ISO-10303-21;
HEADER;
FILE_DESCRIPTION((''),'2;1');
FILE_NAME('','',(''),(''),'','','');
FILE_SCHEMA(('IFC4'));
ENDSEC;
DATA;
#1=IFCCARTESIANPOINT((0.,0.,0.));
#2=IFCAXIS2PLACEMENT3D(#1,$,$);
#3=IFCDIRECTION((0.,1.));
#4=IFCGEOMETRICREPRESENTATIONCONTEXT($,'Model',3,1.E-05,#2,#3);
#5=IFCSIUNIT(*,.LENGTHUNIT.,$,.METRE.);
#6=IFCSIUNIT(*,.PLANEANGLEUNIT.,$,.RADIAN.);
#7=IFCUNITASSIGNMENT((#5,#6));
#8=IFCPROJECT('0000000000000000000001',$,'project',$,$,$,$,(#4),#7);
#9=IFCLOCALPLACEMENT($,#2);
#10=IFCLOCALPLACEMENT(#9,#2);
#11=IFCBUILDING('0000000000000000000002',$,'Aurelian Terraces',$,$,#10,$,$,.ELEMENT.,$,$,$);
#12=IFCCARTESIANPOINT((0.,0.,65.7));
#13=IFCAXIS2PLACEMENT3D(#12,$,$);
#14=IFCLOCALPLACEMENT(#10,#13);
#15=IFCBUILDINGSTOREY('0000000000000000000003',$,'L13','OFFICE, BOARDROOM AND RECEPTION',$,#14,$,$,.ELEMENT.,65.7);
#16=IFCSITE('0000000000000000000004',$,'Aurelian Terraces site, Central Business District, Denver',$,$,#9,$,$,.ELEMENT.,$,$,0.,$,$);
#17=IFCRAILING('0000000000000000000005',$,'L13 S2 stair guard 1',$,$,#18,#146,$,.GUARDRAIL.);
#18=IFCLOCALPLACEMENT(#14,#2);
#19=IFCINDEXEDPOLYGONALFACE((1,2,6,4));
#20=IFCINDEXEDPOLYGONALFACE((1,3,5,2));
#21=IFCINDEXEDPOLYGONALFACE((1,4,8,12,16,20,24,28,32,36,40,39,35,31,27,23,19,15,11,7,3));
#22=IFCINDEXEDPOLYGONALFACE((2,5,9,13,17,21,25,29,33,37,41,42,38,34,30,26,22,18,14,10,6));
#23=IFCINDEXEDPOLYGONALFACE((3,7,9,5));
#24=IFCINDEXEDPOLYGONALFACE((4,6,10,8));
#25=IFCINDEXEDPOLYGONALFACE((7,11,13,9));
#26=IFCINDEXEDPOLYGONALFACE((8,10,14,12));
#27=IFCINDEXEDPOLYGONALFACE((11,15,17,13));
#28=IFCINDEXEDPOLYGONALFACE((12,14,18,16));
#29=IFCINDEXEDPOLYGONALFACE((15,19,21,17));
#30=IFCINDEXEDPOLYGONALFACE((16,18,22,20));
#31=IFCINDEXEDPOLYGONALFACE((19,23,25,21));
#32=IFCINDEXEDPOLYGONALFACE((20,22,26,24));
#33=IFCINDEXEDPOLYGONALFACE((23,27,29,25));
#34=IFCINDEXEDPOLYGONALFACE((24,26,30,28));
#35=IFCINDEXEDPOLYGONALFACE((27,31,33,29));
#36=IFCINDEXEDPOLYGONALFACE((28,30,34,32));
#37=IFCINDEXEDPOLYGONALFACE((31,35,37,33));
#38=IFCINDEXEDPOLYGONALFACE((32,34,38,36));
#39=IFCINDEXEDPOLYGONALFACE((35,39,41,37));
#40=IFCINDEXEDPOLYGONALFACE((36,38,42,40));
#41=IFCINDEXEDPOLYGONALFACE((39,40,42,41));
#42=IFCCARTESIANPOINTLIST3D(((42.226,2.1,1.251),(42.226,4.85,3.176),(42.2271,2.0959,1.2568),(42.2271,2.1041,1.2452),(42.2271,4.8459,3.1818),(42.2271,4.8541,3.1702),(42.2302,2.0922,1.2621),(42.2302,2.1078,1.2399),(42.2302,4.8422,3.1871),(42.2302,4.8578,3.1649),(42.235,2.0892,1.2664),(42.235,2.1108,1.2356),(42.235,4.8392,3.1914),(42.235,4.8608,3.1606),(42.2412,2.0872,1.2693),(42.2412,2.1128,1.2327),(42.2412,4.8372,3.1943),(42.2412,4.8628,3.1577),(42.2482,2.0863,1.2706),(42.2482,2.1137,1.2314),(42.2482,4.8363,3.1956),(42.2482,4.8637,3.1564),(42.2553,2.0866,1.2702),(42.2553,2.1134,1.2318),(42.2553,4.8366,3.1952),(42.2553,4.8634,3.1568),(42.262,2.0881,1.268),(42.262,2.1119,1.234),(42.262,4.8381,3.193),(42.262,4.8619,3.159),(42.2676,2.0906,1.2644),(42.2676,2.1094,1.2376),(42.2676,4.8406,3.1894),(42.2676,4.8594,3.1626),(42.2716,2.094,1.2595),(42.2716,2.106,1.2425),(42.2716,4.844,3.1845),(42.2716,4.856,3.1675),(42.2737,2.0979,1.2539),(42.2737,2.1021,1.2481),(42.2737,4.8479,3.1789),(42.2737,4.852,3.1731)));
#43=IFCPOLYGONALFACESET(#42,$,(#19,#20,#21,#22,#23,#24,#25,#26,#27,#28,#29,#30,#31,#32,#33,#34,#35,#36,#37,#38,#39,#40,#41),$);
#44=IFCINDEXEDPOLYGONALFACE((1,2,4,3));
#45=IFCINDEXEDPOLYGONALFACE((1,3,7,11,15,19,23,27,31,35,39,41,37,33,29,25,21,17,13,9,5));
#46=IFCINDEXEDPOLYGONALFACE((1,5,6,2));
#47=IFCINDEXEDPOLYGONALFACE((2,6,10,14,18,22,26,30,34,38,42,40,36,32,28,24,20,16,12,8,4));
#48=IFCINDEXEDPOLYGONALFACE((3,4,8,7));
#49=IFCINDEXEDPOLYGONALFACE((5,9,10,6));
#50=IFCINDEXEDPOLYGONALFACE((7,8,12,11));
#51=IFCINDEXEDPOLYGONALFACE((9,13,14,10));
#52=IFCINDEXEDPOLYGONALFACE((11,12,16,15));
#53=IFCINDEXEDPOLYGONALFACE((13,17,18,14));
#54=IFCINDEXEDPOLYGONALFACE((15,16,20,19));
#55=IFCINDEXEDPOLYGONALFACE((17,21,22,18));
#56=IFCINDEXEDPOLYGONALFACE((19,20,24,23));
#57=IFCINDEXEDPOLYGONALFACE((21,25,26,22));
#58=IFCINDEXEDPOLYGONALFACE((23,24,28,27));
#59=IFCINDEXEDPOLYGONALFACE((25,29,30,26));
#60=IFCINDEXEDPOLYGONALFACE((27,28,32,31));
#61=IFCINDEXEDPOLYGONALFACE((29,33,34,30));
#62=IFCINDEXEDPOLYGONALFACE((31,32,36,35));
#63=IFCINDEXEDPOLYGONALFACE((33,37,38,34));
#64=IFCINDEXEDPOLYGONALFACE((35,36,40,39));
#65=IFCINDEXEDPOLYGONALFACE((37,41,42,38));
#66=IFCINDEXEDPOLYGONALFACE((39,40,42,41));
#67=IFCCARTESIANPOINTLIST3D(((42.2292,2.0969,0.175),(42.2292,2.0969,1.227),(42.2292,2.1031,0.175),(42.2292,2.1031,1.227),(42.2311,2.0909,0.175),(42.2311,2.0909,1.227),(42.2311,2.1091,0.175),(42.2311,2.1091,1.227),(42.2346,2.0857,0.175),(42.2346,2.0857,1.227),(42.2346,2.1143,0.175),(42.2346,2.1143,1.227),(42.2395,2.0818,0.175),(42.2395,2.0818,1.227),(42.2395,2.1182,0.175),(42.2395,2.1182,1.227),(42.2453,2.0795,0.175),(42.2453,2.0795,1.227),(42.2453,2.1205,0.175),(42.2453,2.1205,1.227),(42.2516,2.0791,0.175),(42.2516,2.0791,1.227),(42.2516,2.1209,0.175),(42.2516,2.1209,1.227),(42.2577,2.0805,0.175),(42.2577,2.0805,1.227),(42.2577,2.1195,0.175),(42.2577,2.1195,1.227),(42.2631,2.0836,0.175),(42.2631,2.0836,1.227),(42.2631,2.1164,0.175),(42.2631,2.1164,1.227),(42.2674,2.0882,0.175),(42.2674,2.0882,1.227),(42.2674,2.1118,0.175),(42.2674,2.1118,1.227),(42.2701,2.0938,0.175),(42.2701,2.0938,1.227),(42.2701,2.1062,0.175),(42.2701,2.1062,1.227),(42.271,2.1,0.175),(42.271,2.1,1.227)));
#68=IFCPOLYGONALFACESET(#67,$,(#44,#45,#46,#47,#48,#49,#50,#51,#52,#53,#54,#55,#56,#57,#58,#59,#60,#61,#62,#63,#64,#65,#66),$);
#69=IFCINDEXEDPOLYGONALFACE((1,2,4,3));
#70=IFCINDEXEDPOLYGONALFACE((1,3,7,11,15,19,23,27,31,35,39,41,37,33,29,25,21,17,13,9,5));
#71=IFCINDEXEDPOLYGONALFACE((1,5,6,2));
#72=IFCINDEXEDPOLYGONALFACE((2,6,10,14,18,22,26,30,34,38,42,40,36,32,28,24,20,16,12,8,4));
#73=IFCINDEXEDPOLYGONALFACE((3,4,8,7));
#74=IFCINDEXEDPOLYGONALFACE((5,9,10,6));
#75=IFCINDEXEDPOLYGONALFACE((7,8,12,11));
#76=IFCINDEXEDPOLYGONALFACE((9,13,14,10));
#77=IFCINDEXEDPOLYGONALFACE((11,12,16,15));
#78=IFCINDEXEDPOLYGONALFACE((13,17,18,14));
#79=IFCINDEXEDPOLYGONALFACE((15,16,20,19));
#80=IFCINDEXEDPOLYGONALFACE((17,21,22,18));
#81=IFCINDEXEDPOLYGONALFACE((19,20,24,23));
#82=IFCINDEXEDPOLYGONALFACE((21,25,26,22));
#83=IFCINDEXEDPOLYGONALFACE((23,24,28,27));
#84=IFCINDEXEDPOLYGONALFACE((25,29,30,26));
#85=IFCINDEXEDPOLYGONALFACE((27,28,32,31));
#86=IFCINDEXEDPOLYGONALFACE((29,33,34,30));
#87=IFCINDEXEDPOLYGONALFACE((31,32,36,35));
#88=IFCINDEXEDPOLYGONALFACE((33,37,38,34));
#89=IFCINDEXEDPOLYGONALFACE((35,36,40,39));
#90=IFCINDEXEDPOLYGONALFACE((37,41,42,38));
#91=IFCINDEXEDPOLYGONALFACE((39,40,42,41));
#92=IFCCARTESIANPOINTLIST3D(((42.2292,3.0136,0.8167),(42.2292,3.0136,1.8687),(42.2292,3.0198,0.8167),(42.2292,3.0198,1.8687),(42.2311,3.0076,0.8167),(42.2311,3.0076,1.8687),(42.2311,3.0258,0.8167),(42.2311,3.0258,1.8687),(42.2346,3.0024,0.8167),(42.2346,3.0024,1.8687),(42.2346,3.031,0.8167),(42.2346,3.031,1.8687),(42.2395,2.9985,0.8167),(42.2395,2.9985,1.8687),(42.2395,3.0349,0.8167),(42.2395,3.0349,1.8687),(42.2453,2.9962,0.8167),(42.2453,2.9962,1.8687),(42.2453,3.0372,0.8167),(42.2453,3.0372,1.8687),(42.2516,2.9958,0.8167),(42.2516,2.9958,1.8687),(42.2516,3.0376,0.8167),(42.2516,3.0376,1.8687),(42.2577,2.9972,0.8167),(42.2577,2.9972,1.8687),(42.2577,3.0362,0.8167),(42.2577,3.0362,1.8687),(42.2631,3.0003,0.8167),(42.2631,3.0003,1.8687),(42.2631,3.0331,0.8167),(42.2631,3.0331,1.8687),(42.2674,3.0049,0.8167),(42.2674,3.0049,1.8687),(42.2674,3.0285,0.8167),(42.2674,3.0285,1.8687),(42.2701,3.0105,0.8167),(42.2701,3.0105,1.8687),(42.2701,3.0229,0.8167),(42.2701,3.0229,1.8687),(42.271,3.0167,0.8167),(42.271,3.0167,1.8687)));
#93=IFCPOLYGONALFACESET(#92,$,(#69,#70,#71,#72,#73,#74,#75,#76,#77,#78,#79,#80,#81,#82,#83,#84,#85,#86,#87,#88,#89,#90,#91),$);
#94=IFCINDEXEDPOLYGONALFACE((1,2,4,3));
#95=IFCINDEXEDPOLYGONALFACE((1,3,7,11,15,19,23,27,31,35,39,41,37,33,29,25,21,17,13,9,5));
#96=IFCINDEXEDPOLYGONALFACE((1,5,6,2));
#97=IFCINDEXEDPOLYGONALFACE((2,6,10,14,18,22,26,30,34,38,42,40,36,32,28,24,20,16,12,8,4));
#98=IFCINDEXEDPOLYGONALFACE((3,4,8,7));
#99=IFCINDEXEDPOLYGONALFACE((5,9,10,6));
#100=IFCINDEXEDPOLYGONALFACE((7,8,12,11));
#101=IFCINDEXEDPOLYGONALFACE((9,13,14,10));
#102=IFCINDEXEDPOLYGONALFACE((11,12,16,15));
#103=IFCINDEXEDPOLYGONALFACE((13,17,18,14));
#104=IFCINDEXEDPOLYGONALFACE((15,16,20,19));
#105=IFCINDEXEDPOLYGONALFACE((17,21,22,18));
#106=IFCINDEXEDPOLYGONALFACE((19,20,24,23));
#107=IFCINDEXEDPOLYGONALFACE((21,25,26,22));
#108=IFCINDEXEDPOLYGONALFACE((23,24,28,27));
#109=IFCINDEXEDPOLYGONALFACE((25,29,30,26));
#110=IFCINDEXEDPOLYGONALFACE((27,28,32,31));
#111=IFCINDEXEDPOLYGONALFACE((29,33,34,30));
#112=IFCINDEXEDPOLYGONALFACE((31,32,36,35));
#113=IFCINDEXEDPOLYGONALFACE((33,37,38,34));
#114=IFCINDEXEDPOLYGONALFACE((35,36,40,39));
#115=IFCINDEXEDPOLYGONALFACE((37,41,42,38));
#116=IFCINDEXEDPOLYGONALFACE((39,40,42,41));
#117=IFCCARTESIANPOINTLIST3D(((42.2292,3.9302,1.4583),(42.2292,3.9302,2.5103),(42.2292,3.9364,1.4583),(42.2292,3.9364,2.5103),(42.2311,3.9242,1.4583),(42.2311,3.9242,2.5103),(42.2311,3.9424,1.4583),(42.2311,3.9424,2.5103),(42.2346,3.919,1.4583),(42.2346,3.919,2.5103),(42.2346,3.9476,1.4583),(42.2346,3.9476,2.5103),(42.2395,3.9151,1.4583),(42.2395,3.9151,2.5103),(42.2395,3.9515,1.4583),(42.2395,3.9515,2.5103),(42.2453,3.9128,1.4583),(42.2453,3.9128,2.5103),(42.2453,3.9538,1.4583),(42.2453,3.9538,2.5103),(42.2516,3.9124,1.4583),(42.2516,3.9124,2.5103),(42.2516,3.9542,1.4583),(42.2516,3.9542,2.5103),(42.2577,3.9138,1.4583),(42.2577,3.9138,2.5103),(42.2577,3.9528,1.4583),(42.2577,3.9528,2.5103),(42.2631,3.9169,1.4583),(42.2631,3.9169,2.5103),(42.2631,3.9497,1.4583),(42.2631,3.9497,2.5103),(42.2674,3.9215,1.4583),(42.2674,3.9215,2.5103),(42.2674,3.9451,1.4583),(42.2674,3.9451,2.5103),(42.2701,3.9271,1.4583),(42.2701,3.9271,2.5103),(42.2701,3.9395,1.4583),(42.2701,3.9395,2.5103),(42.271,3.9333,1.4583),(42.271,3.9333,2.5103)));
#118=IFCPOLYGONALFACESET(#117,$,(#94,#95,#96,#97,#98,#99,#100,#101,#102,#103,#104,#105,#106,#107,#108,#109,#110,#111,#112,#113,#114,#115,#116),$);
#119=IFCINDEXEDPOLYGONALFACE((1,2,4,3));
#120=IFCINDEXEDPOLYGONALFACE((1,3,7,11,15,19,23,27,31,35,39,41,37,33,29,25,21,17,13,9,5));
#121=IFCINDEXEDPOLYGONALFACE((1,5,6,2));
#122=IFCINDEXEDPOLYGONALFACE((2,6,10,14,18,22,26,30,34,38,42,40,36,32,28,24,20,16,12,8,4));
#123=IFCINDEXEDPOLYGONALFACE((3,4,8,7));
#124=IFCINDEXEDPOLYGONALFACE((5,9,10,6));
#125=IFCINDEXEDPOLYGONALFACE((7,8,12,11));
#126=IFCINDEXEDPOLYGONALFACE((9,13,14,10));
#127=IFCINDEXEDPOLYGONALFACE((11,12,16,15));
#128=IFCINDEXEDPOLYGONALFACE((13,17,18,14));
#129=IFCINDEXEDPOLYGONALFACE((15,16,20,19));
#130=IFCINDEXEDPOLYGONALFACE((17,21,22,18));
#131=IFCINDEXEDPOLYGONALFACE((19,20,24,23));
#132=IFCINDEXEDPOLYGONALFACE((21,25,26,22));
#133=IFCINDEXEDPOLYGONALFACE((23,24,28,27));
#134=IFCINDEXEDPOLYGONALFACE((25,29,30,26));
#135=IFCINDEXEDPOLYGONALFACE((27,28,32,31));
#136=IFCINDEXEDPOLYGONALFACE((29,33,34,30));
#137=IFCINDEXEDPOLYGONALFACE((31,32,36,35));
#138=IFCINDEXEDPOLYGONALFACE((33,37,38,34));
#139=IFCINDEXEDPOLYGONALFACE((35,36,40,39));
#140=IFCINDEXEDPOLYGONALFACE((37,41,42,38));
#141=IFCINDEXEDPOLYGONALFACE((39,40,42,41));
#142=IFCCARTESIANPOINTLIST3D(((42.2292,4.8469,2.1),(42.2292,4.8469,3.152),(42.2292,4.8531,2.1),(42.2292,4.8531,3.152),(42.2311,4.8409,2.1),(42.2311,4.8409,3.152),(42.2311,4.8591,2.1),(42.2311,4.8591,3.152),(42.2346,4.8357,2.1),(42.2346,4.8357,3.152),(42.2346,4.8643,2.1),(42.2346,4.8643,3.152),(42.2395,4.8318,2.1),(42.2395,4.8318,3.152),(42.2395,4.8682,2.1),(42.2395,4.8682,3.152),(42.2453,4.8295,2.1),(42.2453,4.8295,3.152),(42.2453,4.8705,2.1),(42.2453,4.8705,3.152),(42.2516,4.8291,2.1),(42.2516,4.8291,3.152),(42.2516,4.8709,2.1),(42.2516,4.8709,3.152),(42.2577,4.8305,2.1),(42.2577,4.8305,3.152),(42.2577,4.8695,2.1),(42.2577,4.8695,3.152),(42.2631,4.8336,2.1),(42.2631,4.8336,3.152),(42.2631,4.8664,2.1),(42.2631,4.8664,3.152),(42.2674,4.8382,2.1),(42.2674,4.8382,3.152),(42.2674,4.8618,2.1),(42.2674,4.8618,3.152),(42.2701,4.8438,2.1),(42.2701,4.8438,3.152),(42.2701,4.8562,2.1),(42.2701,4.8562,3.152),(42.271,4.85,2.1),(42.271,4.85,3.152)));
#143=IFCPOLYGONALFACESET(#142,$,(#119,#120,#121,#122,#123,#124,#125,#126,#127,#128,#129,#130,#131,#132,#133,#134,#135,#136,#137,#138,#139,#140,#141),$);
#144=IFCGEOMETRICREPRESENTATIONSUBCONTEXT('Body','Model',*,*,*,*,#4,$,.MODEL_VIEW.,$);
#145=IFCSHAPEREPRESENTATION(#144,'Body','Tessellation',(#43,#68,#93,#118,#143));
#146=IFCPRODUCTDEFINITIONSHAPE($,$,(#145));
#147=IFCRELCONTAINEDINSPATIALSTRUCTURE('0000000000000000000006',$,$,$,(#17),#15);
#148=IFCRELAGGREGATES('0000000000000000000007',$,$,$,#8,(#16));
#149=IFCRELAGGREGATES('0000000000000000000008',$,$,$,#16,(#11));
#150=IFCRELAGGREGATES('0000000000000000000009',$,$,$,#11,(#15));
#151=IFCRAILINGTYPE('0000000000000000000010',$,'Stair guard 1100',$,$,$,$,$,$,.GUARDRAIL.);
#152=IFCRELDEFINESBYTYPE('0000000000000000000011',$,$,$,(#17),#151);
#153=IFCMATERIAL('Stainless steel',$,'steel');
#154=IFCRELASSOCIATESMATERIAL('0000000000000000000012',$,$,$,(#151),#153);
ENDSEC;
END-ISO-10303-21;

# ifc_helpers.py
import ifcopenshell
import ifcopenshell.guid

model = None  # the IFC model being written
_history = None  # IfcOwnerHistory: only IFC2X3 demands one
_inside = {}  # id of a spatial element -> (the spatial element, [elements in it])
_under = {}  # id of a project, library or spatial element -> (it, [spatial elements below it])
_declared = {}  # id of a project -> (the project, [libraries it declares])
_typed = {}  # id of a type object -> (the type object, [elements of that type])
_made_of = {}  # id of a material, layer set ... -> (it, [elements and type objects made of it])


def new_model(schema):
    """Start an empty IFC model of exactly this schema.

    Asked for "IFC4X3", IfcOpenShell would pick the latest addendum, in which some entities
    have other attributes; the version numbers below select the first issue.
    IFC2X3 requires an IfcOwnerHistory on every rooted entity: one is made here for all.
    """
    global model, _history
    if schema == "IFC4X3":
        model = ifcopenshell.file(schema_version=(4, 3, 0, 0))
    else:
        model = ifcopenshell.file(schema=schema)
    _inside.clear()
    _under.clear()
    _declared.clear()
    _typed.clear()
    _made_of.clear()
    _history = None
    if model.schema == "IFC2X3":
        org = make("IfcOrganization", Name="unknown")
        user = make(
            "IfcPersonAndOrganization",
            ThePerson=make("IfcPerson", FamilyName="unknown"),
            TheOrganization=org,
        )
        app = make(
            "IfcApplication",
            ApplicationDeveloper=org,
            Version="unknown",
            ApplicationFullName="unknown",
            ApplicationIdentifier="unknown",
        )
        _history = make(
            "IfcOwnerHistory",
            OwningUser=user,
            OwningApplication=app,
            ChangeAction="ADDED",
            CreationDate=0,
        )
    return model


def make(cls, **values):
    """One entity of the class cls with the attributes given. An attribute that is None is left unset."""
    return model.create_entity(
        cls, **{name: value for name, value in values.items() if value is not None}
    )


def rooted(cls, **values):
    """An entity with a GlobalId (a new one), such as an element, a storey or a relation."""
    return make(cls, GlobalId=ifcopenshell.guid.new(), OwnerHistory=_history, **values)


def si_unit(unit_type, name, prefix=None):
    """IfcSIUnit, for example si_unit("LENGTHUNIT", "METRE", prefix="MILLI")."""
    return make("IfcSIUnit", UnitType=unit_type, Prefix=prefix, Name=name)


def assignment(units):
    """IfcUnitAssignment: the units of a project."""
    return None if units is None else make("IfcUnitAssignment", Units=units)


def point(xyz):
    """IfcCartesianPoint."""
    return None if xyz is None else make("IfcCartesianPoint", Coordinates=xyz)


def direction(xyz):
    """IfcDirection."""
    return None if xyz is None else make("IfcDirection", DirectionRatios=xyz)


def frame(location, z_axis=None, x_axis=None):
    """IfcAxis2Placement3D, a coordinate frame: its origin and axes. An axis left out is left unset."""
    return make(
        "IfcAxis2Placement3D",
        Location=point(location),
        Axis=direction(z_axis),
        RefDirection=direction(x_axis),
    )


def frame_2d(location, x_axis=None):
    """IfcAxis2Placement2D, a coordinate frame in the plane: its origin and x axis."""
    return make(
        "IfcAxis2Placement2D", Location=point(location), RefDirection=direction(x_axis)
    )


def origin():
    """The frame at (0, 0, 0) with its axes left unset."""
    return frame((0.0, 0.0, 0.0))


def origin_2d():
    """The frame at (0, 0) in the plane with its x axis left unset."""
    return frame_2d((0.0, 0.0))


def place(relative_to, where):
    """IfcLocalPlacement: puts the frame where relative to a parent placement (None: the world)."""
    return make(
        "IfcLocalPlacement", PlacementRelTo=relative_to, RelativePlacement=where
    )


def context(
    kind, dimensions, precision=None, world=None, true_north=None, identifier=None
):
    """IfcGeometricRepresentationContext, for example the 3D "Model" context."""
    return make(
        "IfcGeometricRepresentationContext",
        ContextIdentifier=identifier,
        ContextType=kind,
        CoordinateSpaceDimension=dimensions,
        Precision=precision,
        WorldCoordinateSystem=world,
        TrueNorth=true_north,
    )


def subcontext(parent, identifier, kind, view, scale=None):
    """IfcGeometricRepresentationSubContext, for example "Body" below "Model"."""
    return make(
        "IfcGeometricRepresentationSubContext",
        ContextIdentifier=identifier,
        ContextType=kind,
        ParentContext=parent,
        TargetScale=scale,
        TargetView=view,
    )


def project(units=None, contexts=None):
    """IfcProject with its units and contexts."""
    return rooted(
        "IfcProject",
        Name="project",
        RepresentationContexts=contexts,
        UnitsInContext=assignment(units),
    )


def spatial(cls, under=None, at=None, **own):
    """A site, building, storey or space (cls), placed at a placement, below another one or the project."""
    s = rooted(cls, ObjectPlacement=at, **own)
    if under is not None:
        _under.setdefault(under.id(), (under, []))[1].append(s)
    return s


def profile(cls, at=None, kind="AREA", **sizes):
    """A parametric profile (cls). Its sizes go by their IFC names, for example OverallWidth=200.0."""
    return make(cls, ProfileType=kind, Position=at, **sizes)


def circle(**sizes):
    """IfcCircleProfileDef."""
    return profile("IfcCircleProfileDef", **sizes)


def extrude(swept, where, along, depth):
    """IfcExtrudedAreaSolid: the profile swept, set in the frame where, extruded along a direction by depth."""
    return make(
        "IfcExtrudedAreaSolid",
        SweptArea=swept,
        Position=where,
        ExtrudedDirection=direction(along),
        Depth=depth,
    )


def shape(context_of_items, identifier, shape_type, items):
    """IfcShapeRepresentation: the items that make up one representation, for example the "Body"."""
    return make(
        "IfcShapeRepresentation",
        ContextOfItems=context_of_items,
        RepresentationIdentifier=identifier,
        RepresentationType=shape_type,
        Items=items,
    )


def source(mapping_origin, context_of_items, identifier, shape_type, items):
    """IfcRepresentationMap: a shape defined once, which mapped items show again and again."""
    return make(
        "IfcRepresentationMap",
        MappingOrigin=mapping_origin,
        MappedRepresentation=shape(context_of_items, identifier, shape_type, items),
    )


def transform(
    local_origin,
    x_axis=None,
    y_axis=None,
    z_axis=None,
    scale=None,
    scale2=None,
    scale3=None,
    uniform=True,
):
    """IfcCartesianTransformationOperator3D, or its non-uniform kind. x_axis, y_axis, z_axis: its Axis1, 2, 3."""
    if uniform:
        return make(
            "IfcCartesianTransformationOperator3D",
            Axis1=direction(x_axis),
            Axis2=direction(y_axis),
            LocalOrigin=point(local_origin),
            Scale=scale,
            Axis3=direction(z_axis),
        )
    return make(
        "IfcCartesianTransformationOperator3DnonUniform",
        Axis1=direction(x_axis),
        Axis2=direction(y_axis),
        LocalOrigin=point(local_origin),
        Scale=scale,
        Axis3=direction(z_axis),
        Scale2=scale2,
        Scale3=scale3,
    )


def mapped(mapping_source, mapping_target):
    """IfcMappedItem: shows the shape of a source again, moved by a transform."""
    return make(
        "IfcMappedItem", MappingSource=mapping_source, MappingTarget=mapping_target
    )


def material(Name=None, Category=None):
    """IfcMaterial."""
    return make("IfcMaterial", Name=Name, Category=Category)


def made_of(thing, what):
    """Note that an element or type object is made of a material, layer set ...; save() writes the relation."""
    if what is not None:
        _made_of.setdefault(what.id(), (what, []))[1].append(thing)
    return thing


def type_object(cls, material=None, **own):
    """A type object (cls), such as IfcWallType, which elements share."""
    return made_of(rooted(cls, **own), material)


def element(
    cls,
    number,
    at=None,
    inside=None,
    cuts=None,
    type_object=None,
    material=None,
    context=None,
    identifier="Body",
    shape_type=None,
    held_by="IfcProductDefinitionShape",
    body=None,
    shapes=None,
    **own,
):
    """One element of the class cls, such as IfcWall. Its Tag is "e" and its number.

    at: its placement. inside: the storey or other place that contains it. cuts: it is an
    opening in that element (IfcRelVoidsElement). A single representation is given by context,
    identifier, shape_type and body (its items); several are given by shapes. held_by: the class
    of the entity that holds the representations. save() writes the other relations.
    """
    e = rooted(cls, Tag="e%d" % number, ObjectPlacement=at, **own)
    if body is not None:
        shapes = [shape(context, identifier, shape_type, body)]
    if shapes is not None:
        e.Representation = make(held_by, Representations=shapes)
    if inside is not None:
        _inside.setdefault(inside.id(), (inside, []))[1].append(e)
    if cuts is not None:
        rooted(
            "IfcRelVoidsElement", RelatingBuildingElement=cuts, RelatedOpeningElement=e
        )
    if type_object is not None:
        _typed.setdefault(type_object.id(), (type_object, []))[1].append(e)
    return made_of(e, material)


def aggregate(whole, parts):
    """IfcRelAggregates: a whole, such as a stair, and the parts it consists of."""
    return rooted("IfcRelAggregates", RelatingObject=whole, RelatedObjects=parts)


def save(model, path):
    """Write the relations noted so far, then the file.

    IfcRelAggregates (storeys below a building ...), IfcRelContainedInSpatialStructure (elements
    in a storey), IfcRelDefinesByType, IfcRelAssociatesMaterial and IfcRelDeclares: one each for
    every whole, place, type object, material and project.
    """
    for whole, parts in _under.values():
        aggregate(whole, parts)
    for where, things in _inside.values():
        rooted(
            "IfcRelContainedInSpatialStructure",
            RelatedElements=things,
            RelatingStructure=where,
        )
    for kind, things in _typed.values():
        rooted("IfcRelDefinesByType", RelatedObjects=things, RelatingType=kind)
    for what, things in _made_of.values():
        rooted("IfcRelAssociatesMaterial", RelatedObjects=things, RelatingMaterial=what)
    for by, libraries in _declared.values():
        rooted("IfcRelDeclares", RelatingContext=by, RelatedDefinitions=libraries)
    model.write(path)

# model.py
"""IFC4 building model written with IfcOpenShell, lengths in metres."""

from ifc_helpers import new_model, si_unit, direction, frame, origin, origin_2d, place, context, subcontext, project, spatial, circle, extrude, source, transform, mapped, material, type_object, element, save


model = new_model("IFC4")

# Units and contexts
model_context = context("Model", 3, precision=1e-05, world=origin(), true_north=direction((0.0, 1.0)))
body_context = subcontext(model_context, "Body", "Model", "MODEL_VIEW")
ifc_project = project(units=[si_unit("LENGTHUNIT", "METRE"), si_unit("PLANEANGLEUNIT", "RADIAN")], contexts=[model_context])

# Site, building, storey
site_placement = place(None, origin())
site = spatial("IfcSite", under=ifc_project, at=site_placement, Name="Aurelian Terraces site, Central Business District, Denver", CompositionType="ELEMENT", RefElevation=0.0)
building_placement = place(site_placement, origin())
building = spatial("IfcBuilding", under=site, at=building_placement, Name="Aurelian Terraces", CompositionType="ELEMENT")
storey_placement = place(building_placement, frame((0.0, 0.0, 65.7)))
storey = spatial("IfcBuildingStorey", under=building, at=storey_placement, Name="L13", Description="OFFICE, BOARDROOM AND RECEPTION", CompositionType="ELEMENT", Elevation=65.7)

# Railing
ifc_material_1 = material(Name="Stainless steel", Category="steel")
railing_type_1 = type_object("IfcRailingType", Name="Stair guard 1100", PredefinedType="GUARDRAIL", material=ifc_material_1)
shared_shape_1 = source(origin(), body_context, "Body", "SweptSolid", [
    extrude(circle(Radius=0.024, at=origin_2d()), frame((0.0, 0.0, 1.076), z_axis=(0.0, 0.819232, 0.573462), x_axis=(-1.0, 0.0, 0.0)), (0.0, 0.0, 1.0), 3.3568),
    extrude(circle(Radius=0.021, at=origin_2d()), origin(), (0.0, 0.0, 1.0), 1.052),
    extrude(circle(Radius=0.021, at=origin_2d()), frame((0.0, 0.9167, 0.6417)), (0.0, 0.0, 1.0), 1.052),
    extrude(circle(Radius=0.021, at=origin_2d()), frame((0.0, 1.8333, 1.2833)), (0.0, 0.0, 1.0), 1.052),
    extrude(circle(Radius=0.021, at=origin_2d()), frame((0.0, 2.75, 1.925)), (0.0, 0.0, 1.0), 1.052),
])
railing_1_placement = place(storey_placement, frame((42.25, 2.1, 0.175)))
element("IfcRailing", 1, at=railing_1_placement, inside=storey, type_object=railing_type_1, Name="L13 S2 stair guard 1", PredefinedType="GUARDRAIL", context=body_context, shape_type="MappedRepresentation", body=[
    mapped(shared_shape_1, transform((0.0, 0.0, 0.0), scale=1.0)),
])

save(model, "model.ifc")
